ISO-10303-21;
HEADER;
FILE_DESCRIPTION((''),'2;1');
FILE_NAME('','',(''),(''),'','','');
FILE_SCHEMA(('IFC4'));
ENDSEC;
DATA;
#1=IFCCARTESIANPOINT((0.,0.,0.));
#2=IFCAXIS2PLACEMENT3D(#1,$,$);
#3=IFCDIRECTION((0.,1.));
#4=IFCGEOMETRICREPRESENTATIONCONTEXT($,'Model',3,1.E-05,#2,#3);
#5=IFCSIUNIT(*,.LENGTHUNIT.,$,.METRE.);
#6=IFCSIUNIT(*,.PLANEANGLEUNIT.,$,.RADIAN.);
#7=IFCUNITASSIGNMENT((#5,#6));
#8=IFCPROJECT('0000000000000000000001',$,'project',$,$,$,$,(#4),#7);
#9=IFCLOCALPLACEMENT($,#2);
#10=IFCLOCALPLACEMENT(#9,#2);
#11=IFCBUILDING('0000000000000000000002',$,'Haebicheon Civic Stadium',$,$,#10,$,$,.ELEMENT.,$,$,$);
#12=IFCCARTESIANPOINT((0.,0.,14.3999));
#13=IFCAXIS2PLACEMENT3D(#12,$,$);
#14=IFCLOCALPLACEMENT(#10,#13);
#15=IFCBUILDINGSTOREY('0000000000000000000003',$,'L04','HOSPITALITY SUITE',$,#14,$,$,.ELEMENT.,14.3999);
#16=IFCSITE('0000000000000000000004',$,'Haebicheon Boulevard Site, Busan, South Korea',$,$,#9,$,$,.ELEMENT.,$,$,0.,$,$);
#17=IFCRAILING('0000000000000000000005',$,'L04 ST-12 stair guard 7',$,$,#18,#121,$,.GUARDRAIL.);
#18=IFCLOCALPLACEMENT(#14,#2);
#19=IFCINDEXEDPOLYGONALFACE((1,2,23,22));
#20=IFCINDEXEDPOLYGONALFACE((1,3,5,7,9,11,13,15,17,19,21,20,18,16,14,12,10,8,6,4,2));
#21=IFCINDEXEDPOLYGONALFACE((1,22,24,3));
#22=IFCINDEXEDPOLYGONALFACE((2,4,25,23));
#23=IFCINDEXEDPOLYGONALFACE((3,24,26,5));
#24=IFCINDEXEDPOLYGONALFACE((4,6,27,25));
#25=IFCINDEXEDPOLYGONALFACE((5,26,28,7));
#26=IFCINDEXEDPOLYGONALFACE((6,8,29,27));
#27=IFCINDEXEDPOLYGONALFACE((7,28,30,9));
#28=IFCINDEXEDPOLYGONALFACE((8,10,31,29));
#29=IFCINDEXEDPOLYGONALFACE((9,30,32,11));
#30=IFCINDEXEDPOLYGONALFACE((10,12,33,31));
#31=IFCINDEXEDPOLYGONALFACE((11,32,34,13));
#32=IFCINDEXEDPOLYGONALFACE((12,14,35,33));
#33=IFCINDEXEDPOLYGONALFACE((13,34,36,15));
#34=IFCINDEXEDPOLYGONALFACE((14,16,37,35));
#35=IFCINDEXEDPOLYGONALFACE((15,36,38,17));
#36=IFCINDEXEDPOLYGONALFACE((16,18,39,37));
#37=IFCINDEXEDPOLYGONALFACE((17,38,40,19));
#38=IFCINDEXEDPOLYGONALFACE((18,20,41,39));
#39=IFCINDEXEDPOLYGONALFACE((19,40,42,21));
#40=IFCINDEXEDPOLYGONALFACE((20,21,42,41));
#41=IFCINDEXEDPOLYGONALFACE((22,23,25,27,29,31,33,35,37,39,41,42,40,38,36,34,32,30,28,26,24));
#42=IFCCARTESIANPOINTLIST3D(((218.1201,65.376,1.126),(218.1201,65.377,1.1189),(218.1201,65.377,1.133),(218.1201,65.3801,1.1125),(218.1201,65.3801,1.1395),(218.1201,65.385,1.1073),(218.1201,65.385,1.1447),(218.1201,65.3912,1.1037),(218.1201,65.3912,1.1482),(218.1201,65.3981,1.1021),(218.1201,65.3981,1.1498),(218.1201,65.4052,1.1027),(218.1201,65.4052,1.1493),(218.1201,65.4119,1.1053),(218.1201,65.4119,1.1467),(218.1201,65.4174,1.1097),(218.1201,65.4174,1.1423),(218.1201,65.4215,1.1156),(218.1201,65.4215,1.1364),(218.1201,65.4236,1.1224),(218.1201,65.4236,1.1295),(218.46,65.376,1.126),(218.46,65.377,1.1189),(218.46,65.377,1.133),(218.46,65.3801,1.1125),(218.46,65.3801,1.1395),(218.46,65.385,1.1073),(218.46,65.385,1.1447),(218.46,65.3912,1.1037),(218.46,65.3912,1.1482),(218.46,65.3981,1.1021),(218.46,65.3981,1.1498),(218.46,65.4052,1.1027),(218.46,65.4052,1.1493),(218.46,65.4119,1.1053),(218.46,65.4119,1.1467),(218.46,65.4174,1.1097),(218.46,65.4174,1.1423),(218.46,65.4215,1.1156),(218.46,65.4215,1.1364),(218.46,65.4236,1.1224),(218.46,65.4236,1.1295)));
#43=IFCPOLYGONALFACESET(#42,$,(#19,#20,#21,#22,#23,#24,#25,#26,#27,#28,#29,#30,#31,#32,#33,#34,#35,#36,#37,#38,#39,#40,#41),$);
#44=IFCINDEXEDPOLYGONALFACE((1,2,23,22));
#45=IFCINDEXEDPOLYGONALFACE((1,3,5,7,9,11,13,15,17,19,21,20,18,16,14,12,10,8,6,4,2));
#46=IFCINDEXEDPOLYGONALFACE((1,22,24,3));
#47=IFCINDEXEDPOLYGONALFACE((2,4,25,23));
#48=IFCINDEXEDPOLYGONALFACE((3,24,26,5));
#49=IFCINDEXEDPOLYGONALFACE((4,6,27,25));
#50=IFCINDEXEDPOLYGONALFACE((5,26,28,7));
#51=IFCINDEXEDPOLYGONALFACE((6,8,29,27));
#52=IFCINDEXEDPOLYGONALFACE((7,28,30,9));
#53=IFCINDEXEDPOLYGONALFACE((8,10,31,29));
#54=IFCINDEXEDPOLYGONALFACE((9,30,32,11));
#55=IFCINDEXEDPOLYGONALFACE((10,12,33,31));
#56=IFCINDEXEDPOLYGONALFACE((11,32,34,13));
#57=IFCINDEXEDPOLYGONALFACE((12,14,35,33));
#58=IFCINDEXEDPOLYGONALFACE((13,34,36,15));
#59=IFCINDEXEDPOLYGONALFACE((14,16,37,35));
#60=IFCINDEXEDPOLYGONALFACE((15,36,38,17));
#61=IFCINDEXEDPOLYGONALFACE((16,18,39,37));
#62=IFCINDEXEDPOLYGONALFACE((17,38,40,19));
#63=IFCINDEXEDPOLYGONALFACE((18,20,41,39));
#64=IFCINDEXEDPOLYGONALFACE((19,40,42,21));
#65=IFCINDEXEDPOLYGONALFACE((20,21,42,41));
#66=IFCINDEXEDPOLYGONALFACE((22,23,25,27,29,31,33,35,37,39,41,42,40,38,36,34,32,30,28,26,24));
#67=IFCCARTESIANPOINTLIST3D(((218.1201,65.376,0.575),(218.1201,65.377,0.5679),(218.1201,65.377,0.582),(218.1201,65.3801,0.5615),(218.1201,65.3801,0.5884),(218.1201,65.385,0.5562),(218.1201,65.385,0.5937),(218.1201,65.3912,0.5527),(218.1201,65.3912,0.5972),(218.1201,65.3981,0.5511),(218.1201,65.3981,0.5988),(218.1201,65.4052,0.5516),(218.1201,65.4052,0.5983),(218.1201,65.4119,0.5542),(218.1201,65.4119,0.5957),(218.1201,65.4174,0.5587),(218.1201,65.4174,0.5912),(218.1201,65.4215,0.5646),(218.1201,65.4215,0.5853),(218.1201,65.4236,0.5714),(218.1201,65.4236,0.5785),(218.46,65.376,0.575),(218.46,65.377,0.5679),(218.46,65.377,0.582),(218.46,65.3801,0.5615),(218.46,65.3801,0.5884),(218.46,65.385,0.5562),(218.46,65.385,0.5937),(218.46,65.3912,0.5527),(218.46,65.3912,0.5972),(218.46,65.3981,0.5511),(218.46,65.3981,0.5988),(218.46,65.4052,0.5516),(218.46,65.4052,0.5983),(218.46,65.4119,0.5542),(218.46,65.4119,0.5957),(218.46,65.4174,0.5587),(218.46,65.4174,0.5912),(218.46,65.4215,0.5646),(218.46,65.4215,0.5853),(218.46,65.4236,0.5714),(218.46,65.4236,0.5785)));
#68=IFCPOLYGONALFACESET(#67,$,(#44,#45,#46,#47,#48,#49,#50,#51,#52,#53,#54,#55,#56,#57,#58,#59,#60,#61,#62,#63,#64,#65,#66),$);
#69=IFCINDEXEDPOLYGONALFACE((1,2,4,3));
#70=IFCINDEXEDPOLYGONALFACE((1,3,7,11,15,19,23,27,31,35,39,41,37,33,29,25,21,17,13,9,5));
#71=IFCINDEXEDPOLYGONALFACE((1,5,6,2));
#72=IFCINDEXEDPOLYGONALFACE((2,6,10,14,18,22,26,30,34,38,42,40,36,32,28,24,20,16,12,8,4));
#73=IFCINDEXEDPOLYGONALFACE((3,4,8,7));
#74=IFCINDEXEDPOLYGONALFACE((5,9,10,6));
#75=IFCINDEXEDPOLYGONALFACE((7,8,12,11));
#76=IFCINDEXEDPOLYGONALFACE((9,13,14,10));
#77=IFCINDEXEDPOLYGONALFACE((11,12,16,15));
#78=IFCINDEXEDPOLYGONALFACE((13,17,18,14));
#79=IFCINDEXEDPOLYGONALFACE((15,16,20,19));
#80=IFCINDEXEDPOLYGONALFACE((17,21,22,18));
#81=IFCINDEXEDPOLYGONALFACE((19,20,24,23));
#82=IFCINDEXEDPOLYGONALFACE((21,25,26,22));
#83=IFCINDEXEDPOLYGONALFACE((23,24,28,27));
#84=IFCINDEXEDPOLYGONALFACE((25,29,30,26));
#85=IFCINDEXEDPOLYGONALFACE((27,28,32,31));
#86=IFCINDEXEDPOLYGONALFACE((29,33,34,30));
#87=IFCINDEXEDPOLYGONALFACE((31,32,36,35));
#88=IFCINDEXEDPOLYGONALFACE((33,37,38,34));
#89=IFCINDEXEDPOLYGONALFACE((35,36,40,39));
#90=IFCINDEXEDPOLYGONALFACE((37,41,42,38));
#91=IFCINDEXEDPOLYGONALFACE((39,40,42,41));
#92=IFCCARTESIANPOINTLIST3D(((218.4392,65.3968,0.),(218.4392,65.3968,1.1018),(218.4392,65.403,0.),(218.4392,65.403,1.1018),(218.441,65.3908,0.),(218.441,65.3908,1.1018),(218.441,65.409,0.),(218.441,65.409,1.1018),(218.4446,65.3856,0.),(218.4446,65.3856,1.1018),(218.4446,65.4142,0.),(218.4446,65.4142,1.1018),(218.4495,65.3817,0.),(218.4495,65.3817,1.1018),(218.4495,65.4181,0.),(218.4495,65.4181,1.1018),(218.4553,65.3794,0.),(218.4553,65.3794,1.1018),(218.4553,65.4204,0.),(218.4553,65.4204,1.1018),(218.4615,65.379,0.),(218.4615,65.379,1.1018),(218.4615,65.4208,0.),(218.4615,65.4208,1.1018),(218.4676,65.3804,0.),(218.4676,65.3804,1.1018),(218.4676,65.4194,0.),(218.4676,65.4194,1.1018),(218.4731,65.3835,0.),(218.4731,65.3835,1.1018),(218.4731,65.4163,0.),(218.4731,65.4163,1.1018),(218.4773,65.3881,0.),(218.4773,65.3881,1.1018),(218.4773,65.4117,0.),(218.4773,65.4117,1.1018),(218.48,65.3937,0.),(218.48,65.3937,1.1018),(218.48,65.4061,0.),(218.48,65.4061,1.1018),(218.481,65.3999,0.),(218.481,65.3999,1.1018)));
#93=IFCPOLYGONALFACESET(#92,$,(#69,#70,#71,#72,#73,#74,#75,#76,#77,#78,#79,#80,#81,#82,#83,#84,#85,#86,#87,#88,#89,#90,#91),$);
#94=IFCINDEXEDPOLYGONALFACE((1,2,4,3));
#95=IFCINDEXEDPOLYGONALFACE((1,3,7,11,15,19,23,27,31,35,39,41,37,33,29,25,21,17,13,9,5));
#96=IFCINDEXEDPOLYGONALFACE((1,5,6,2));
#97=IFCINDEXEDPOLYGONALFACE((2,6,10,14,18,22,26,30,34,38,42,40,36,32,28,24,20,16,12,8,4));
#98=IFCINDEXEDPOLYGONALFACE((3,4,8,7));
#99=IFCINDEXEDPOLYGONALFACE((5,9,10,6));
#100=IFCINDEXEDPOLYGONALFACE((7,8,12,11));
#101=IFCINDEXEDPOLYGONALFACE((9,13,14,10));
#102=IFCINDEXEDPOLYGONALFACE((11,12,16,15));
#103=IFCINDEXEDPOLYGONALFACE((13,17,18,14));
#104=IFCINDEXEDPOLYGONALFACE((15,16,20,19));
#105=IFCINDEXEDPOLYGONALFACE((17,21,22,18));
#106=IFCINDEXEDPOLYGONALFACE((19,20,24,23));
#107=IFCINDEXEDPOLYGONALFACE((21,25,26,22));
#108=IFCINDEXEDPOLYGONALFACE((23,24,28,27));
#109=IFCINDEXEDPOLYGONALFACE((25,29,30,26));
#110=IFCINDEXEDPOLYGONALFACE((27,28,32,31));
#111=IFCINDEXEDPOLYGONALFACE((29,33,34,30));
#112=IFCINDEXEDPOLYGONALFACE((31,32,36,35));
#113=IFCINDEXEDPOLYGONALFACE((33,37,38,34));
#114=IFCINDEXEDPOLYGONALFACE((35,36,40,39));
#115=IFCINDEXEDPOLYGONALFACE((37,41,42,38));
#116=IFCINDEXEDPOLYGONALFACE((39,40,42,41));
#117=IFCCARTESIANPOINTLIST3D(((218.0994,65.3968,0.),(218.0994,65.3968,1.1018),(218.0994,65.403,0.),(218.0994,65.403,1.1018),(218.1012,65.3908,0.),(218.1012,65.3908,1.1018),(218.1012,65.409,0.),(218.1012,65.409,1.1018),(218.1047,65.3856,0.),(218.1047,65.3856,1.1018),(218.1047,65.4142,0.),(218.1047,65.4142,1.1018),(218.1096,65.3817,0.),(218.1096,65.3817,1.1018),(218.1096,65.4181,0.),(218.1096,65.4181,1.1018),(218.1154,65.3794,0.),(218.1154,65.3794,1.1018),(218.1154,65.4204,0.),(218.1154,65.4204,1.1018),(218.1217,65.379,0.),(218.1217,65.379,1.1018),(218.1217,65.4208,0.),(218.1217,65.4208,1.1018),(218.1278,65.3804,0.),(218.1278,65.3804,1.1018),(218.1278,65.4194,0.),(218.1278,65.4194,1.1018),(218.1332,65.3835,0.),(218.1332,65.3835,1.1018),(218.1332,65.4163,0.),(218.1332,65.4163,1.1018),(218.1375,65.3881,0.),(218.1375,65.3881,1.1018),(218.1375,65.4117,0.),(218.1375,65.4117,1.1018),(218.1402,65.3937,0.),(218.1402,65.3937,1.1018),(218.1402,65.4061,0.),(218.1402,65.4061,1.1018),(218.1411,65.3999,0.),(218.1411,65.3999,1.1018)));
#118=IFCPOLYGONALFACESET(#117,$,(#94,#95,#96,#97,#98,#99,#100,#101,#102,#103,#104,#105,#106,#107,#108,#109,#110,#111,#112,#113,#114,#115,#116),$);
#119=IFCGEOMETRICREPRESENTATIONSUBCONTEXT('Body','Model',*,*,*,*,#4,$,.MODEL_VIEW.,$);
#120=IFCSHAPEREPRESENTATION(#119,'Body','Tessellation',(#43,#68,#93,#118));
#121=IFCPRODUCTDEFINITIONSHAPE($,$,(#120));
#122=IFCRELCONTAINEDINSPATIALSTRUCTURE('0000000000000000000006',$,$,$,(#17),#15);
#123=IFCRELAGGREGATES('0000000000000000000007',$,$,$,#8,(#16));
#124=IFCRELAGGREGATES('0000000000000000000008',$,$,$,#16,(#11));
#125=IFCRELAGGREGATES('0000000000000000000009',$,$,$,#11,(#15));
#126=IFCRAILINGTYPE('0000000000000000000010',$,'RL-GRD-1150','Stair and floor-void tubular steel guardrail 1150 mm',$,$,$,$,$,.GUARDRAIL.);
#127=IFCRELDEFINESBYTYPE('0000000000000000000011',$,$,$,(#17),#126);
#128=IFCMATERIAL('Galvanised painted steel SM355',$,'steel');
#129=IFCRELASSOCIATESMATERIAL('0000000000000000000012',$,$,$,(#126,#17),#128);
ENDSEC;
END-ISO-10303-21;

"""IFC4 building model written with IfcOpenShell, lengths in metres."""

from ifc_helpers import new_model, si_unit, direction, frame, origin, origin_2d, place, context, subcontext, project, spatial, circle, extrude, material, type_object, element, save


model = new_model("IFC4")

# Units and contexts
model_context = context("Model", 3, precision=1e-05, world=origin(), true_north=direction((0.0, 1.0)))
body_context = subcontext(model_context, "Body", "Model", "MODEL_VIEW")
ifc_project = project(units=[si_unit("LENGTHUNIT", "METRE"), si_unit("PLANEANGLEUNIT", "RADIAN")], contexts=[model_context])

# Site, building, storey
site_placement = place(None, origin())
site = spatial("IfcSite", under=ifc_project, at=site_placement, Name="Haebicheon Boulevard Site, Busan, South Korea", CompositionType="ELEMENT", RefElevation=0.0)
building_placement = place(site_placement, origin())
building = spatial("IfcBuilding", under=site, at=building_placement, Name="Haebicheon Civic Stadium", CompositionType="ELEMENT")
storey_placement = place(building_placement, frame((0.0, 0.0, 14.3999)))
storey = spatial("IfcBuildingStorey", under=building, at=storey_placement, Name="L04", Description="HOSPITALITY SUITE", CompositionType="ELEMENT", Elevation=14.3999)

# Railing
ifc_material_1 = material(Name="Galvanised painted steel SM355", Category="steel")
railing_type_1 = type_object("IfcRailingType", Name="RL-GRD-1150", Description="Stair and floor-void tubular steel guardrail 1150 mm", PredefinedType="GUARDRAIL", material=ifc_material_1)
railing_1_placement = place(storey_placement, frame((218.46, 65.3999, 0.0)))
element("IfcRailing", 1, at=railing_1_placement, inside=storey, type_object=railing_type_1, material=ifc_material_1, Name="L04 ST-12 stair guard 7", PredefinedType="GUARDRAIL", context=body_context, shape_type="SweptSolid", body=[
    extrude(circle(Radius=0.0239, at=origin_2d()), frame((0.0, 0.0, 1.126), z_axis=(-1.0, 0.0, 0.0), x_axis=(0.0, -1.0, 0.0)), (0.0, 0.0, 1.0), 0.3398),
    extrude(circle(Radius=0.0239, at=origin_2d()), frame((0.0, 0.0, 0.575), z_axis=(-1.0, 0.0, 0.0), x_axis=(0.0, -1.0, 0.0)), (0.0, 0.0, 1.0), 0.3398),
    extrude(circle(Radius=0.021, at=origin_2d()), origin(), (0.0, 0.0, 1.0), 1.1018),
    extrude(circle(Radius=0.021, at=origin_2d()), frame((-0.3398, 0.0, 0.0)), (0.0, 0.0, 1.0), 1.1018),
])

save(model, "model.ifc")
